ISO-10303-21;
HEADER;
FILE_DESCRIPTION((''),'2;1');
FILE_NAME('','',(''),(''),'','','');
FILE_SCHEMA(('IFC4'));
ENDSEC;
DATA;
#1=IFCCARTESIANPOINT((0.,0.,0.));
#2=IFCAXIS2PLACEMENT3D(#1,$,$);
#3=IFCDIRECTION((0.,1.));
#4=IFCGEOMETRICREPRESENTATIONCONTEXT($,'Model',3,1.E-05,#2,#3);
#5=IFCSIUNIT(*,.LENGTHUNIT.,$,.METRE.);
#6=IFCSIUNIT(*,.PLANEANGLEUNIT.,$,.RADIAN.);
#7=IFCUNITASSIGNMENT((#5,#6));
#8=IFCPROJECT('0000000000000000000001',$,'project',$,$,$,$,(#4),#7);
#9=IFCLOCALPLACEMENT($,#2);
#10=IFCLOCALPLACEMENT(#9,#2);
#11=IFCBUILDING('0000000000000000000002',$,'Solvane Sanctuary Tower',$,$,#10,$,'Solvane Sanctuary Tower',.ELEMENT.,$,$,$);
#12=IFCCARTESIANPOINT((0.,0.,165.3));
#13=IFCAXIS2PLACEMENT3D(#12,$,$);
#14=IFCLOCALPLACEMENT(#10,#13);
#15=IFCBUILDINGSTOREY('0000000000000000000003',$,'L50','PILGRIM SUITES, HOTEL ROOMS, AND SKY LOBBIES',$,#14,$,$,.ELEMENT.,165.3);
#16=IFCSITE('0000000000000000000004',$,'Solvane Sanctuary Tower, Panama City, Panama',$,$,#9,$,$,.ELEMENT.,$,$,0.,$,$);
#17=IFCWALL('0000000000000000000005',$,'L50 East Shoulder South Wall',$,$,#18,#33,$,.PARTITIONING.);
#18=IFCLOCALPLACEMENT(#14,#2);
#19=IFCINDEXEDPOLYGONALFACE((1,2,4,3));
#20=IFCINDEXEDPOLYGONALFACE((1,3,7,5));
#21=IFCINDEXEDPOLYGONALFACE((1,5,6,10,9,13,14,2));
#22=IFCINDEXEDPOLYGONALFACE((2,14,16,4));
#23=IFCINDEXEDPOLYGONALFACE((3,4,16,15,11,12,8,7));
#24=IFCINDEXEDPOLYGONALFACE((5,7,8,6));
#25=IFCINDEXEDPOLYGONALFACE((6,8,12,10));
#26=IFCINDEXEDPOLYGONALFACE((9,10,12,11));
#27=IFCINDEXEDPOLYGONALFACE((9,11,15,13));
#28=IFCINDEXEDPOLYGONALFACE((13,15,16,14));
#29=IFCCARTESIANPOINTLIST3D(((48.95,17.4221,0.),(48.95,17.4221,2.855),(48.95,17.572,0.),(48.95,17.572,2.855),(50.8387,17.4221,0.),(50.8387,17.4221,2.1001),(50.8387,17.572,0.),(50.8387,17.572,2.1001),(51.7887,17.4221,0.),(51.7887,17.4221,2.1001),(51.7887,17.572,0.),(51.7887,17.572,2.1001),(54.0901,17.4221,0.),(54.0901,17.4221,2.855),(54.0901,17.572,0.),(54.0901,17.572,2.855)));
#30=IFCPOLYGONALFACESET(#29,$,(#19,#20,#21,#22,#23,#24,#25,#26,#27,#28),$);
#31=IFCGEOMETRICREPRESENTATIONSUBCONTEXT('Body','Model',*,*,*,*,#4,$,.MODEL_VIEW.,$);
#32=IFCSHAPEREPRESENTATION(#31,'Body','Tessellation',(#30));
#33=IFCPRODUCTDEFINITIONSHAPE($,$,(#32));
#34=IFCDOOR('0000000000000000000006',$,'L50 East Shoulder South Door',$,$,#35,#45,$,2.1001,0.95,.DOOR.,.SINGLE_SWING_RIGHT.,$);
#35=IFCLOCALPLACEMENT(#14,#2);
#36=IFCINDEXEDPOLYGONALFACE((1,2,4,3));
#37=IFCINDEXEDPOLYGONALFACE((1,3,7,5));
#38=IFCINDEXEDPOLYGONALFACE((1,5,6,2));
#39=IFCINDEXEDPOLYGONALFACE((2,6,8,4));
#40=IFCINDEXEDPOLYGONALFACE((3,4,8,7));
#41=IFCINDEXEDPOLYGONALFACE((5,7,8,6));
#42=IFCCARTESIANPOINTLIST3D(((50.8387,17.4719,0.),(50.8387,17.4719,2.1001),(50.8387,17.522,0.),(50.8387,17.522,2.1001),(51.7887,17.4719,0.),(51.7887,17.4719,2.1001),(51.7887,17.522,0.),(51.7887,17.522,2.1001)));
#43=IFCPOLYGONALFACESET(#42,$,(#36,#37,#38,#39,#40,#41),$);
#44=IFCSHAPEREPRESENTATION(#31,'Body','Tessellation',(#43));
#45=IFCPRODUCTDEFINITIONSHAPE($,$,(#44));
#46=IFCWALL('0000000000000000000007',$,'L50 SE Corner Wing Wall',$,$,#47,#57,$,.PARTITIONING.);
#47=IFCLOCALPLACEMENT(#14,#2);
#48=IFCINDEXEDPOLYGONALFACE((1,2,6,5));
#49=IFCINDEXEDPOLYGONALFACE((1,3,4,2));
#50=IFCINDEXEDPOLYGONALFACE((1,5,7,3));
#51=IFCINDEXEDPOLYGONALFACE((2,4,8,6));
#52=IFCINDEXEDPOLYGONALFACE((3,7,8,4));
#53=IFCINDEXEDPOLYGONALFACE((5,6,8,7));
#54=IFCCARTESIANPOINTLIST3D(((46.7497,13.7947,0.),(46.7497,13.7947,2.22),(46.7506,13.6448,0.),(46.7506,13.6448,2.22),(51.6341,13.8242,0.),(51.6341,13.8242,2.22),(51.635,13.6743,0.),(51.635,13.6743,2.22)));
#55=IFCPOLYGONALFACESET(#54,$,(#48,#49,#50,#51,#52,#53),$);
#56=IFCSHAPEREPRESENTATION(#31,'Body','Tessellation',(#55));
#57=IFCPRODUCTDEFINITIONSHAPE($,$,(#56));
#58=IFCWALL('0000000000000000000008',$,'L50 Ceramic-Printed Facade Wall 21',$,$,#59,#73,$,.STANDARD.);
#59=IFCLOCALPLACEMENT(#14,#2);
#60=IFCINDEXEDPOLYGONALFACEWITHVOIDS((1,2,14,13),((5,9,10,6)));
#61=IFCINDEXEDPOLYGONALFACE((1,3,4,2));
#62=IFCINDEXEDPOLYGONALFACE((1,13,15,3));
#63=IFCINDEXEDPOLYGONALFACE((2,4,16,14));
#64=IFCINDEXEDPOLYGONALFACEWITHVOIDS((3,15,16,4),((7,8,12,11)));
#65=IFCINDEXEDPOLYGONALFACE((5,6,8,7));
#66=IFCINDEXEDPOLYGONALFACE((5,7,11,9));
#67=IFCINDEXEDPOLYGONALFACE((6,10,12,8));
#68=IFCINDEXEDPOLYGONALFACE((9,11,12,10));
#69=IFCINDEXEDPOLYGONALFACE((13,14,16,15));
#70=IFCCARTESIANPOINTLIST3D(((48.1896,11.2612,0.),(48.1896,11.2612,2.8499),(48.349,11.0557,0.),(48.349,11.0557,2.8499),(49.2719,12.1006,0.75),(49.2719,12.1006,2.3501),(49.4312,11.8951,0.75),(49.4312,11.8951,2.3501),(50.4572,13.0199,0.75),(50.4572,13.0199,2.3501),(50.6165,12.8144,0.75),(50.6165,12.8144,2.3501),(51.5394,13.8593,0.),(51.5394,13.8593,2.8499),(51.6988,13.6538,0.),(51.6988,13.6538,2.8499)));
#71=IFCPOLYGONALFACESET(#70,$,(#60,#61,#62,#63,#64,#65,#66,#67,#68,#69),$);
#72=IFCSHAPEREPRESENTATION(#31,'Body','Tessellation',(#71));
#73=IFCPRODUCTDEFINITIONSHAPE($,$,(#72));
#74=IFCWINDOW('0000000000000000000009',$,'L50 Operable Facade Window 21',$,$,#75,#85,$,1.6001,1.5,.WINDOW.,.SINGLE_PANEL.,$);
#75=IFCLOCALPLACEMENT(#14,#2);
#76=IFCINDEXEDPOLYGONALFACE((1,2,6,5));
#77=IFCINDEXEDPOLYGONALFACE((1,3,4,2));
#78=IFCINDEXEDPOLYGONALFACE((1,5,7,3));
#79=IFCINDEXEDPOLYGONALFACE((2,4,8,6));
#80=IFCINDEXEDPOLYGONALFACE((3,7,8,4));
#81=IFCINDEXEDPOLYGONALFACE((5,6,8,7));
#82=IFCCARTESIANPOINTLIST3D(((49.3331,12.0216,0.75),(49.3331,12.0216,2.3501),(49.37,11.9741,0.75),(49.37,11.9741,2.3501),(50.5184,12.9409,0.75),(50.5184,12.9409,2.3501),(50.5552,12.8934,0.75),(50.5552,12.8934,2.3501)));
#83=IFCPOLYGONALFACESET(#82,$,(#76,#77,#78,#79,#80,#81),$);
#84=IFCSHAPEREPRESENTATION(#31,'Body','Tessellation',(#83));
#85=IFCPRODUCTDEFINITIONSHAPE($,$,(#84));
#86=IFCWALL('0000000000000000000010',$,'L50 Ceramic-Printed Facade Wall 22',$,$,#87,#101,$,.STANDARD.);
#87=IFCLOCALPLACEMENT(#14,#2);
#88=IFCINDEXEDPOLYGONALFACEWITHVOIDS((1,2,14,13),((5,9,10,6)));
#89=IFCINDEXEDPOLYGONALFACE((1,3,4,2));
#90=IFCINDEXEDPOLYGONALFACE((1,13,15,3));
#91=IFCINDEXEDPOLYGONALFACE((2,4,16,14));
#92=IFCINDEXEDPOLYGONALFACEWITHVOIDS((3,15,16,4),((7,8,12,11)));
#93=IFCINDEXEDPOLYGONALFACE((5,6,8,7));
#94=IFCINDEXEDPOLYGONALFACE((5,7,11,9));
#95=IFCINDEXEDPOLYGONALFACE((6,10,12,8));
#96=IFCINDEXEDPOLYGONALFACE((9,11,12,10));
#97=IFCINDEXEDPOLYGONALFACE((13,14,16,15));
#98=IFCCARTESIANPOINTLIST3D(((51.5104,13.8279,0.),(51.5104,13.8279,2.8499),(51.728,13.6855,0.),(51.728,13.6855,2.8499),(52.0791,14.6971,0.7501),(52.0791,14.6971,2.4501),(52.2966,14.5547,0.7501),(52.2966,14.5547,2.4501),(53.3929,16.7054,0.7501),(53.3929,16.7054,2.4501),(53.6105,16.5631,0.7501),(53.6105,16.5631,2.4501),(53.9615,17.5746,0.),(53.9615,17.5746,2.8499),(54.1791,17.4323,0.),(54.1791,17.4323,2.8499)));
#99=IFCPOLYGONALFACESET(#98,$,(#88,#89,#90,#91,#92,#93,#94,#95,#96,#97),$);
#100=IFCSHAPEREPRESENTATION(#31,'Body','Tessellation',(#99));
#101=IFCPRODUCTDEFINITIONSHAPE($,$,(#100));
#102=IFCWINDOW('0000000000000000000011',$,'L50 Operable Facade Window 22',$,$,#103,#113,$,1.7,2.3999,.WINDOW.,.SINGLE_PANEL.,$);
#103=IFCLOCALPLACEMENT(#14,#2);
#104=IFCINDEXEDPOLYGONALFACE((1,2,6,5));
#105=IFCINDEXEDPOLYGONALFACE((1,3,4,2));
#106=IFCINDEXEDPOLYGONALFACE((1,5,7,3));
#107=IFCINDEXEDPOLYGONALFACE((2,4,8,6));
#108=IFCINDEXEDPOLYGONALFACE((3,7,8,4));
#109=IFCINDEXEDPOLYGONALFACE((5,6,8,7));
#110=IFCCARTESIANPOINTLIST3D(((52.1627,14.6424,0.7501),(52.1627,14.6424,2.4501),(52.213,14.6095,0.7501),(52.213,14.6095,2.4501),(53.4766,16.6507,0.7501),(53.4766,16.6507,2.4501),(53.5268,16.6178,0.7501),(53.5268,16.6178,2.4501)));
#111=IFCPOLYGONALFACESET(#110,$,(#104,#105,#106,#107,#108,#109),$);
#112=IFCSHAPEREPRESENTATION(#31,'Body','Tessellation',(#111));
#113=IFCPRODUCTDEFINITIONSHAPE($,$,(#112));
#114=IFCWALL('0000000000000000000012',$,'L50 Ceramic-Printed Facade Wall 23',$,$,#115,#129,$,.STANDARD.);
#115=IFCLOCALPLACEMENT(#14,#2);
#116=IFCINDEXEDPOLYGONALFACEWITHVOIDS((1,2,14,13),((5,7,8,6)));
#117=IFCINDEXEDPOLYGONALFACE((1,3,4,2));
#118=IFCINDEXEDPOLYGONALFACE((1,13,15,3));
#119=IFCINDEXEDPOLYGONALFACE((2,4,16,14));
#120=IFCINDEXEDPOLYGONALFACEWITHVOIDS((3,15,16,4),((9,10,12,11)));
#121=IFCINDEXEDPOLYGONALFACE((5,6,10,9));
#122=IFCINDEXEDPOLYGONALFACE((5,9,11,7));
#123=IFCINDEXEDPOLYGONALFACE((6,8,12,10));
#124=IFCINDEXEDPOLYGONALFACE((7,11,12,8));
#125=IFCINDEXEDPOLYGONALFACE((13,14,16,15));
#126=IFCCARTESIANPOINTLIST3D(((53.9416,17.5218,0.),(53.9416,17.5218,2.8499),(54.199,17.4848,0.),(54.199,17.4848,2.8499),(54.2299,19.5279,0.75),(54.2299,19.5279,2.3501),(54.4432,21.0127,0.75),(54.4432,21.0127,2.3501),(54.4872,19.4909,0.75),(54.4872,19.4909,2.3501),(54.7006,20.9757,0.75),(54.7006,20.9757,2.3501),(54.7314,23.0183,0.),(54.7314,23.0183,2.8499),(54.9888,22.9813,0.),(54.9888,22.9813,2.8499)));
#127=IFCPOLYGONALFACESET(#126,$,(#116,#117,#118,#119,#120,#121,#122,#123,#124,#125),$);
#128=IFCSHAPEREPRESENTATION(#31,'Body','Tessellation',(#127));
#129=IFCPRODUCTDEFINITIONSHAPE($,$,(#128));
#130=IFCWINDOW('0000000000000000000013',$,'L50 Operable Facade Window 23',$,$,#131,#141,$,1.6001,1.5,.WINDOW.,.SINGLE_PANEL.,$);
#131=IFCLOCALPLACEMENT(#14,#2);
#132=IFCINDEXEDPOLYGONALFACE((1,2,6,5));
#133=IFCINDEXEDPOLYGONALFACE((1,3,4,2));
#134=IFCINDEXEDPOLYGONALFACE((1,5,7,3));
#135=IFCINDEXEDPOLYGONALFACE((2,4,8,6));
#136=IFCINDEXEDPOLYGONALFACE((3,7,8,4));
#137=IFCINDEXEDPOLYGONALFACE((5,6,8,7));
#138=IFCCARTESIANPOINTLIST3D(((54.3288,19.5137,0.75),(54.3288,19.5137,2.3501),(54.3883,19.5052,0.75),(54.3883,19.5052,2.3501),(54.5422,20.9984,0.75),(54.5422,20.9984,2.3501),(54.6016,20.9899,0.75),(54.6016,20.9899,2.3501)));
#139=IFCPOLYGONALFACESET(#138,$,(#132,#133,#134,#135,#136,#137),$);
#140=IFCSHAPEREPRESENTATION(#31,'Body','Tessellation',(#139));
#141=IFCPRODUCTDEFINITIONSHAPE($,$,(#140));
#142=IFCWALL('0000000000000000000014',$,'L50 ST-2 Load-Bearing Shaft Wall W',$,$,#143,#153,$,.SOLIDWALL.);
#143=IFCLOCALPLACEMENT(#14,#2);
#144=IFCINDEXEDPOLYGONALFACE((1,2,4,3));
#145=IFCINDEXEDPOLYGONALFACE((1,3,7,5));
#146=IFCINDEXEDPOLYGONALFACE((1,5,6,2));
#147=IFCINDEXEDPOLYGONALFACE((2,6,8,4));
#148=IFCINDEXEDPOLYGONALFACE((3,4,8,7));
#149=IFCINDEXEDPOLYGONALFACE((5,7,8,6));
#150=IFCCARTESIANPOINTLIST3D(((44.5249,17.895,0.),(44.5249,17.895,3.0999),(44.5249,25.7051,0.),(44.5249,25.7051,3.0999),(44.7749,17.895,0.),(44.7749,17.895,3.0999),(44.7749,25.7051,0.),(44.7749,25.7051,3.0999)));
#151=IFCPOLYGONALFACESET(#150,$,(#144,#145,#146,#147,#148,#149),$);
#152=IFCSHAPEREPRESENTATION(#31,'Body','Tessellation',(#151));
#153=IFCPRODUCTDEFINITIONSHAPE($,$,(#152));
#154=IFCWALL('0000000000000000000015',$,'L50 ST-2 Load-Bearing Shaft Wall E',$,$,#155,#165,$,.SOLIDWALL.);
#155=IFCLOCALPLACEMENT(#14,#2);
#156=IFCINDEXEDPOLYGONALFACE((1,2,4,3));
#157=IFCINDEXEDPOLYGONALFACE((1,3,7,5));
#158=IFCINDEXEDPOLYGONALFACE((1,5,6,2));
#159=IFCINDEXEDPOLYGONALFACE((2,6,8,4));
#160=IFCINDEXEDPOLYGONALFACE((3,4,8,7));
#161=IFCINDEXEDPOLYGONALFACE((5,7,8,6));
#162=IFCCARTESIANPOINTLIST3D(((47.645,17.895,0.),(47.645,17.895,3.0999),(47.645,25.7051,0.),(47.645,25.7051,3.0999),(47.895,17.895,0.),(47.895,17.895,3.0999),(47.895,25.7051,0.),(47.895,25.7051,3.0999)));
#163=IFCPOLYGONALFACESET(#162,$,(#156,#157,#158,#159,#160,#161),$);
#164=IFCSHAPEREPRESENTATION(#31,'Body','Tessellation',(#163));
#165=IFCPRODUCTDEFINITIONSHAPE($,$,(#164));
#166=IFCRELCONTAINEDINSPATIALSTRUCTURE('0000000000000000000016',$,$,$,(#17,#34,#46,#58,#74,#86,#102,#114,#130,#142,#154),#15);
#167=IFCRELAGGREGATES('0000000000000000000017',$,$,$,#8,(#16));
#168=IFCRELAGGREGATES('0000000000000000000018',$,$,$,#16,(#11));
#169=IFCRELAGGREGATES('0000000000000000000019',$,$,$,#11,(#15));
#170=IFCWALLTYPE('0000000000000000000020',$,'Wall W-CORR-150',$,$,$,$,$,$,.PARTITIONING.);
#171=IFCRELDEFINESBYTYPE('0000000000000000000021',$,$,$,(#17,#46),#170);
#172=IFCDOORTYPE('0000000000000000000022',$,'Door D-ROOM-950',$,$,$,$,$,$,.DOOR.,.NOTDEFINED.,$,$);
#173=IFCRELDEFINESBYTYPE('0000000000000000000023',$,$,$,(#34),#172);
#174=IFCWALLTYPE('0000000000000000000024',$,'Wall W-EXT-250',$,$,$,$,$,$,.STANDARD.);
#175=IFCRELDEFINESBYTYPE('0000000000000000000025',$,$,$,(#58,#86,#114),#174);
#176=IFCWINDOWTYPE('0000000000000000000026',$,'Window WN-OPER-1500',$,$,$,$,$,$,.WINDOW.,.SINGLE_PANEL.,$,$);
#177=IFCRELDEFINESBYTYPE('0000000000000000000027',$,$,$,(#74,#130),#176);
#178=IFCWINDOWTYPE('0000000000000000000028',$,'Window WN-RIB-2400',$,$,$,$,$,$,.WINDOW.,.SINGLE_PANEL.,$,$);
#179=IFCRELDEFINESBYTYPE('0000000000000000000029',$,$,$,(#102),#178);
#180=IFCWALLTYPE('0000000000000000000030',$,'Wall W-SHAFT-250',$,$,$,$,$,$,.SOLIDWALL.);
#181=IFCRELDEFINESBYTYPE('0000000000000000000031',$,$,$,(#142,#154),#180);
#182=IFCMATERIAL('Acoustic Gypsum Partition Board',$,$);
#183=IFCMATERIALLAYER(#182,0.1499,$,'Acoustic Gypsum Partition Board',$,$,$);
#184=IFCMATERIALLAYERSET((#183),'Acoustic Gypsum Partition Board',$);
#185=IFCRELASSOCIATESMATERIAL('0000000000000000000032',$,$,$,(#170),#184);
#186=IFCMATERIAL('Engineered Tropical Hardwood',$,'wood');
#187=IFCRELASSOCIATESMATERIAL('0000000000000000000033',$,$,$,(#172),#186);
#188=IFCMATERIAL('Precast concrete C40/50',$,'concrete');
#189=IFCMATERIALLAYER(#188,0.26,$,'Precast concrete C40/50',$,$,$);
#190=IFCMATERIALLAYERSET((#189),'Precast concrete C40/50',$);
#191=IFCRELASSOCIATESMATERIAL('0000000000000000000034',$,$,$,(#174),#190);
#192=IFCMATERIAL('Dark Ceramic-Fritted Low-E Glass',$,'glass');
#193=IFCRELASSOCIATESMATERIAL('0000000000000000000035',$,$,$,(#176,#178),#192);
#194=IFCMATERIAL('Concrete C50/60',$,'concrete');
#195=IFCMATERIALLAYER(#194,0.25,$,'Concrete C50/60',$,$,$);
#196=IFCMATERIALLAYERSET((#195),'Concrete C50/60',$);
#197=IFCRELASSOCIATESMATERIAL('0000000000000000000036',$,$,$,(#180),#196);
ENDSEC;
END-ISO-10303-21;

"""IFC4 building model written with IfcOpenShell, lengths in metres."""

from ifc_helpers import new_model, si_unit, direction, frame, frame_2d, origin, place, context, subcontext, project, spatial, rectangle, extrude, material, layer, layer_set, type_object, element, fill, save


model = new_model("IFC4")

# Units and contexts
model_context = context("Model", 3, precision=1e-05, world=origin(), true_north=direction((0.0, 1.0)))
body_context = subcontext(model_context, "Body", "Model", "MODEL_VIEW")
ifc_project = project(units=[si_unit("LENGTHUNIT", "METRE"), si_unit("PLANEANGLEUNIT", "RADIAN")], contexts=[model_context])

# Site, building, storey
site_placement = place(None, origin())
site = spatial("IfcSite", under=ifc_project, at=site_placement, Name="Solvane Sanctuary Tower, Panama City, Panama", CompositionType="ELEMENT", RefElevation=0.0)
building_placement = place(site_placement, origin())
building = spatial("IfcBuilding", under=site, at=building_placement, Name="Solvane Sanctuary Tower", LongName="Solvane Sanctuary Tower", CompositionType="ELEMENT")
storey_placement = place(building_placement, frame((0.0, 0.0, 165.3)))
storey = spatial("IfcBuildingStorey", under=building, at=storey_placement, Name="L50", Description="PILGRIM SUITES, HOTEL ROOMS, AND SKY LOBBIES", CompositionType="ELEMENT", Elevation=165.3)

# Wall, opening, door
ifc_material_1 = material(Name="Acoustic Gypsum Partition Board")
ifc_layer_1 = layer(ifc_material_1, 0.1499, Name="Acoustic Gypsum Partition Board")
ifc_layer_set_1 = layer_set([ifc_layer_1], Name="Acoustic Gypsum Partition Board")
wall_type_1 = type_object("IfcWallType", Name="Wall W-CORR-150", PredefinedType="PARTITIONING", material=ifc_layer_set_1)
wall_1_placement = place(storey_placement, frame((48.95, 17.4971, 0.0), z_axis=(0.0, 0.0, 1.0), x_axis=(1.0, 0.0, 0.0)))
wall_1 = element("IfcWall", 1, at=wall_1_placement, inside=storey, type_object=wall_type_1, Name="L50 East Shoulder South Wall", PredefinedType="PARTITIONING", context=body_context, shape_type="SweptSolid", body=[
    extrude(rectangle(XDim=5.1401, YDim=0.1499, at=frame_2d((2.5701, 0.0))), origin(), (0.0, 0.0, 1.0), 2.855),
])
opening_1_placement = place(wall_1_placement, frame((1.8887, 0.0, 0.0)))
opening_1 = element("IfcOpeningElement", 2, at=opening_1_placement, cuts=wall_1, PredefinedType="OPENING", context=body_context, shape_type="SweptSolid", body=[
    extrude(rectangle(XDim=0.95, YDim=2.1001, at=frame_2d((0.4751, 1.05))), frame((0.0, 0.085, 0.0), z_axis=(0.0, -1.0, 0.0), x_axis=(1.0, 0.0, 0.0)), (0.0, 0.0, 1.0), 0.1699),
])
ifc_material_2 = material(Name="Engineered Tropical Hardwood", Category="wood")
door_type = type_object("IfcDoorType", Name="Door D-ROOM-950", OperationType="NOTDEFINED", PredefinedType="DOOR", material=ifc_material_2)
door_placement = place(opening_1_placement, origin())
door = element("IfcDoor", 3, at=door_placement, inside=storey, type_object=door_type, Name="L50 East Shoulder South Door", OperationType="SINGLE_SWING_RIGHT", OverallHeight=2.1001, OverallWidth=0.95, PredefinedType="DOOR", context=body_context, shape_type="SweptSolid", body=[
    extrude(rectangle(XDim=0.95, YDim=2.1001, at=frame_2d((0.4751, 1.05))), frame((0.0, 0.0249, 0.0), z_axis=(0.0, -1.0, 0.0), x_axis=(1.0, 0.0, 0.0)), (0.0, 0.0, 1.0), 0.05),
])
fill(opening_1, door)

# Wall
wall_2_placement = place(storey_placement, frame((46.75, 13.7197, 0.0), z_axis=(0.0, 0.0, 1.0), x_axis=(0.999982, 0.006048, 0.0)))
element("IfcWall", 4, at=wall_2_placement, inside=storey, type_object=wall_type_1, Name="L50 SE Corner Wing Wall", PredefinedType="PARTITIONING", context=body_context, shape_type="SweptSolid", body=[
    extrude(rectangle(XDim=4.8845, YDim=0.1499, at=frame_2d((2.4424, 0.0))), origin(), (0.0, 0.0, 1.0), 2.22),
])

# Walls, openings, windows
ifc_material_3 = material(Name="Precast concrete C40/50", Category="concrete")
ifc_layer_2 = layer(ifc_material_3, 0.26, Name="Precast concrete C40/50")
ifc_layer_set_2 = layer_set([ifc_layer_2], Name="Precast concrete C40/50")
wall_type_2 = type_object("IfcWallType", Name="Wall W-EXT-250", PredefinedType="STANDARD", material=ifc_layer_set_2)
wall_3_placement = place(storey_placement, frame((48.2693, 11.1584, 0.0), z_axis=(0.0, 0.0, 1.0), x_axis=(0.790186, 0.612868, 0.0)))
wall_3 = element("IfcWall", 5, at=wall_3_placement, inside=storey, type_object=wall_type_2, Name="L50 Ceramic-Printed Facade Wall 21", PredefinedType="STANDARD", context=body_context, shape_type="SweptSolid", body=[
    extrude(rectangle(XDim=4.2393, YDim=0.26, at=frame_2d((2.1196, 0.0))), origin(), (0.0, 0.0, 1.0), 2.8499),
])
opening_2_placement = place(wall_3_placement, frame((1.3696, 0.0, 0.75)))
opening_2 = element("IfcOpeningElement", 6, at=opening_2_placement, cuts=wall_3, PredefinedType="OPENING", context=body_context, shape_type="SweptSolid", body=[
    extrude(rectangle(XDim=1.5, YDim=1.6001, at=frame_2d((0.75, 0.8))), frame((0.0, 0.1399, 0.0), z_axis=(0.0, -1.0, 0.0), x_axis=(1.0, 0.0, 0.0)), (0.0, 0.0, 1.0), 0.28),
])
ifc_material_4 = material(Name="Dark Ceramic-Fritted Low-E Glass", Category="glass")
window_type_1 = type_object("IfcWindowType", Name="Window WN-OPER-1500", PartitioningType="SINGLE_PANEL", PredefinedType="WINDOW", material=ifc_material_4)
window_1_placement = place(opening_2_placement, origin())
window_1 = element("IfcWindow", 7, at=window_1_placement, inside=storey, type_object=window_type_1, Name="L50 Operable Facade Window 21", OverallHeight=1.6001, OverallWidth=1.5, PartitioningType="SINGLE_PANEL", PredefinedType="WINDOW", context=body_context, shape_type="SweptSolid", body=[
    extrude(rectangle(XDim=1.5, YDim=1.6001, at=frame_2d((0.75, 0.8))), frame((0.0, 0.03, 0.0), z_axis=(0.0, -1.0, 0.0), x_axis=(1.0, 0.0, 0.0)), (0.0, 0.0, 1.0), 0.0601),
])
fill(opening_2, window_1)
wall_4_placement = place(storey_placement, frame((51.6191, 13.7566, 0.0), z_axis=(0.0, 0.0, 1.0), x_axis=(0.547456, 0.836834, 0.0)))
wall_4 = element("IfcWall", 8, at=wall_4_placement, inside=storey, type_object=wall_type_2, Name="L50 Ceramic-Printed Facade Wall 22", PredefinedType="STANDARD", context=body_context, shape_type="SweptSolid", body=[
    extrude(rectangle(XDim=4.4773, YDim=0.26, at=frame_2d((2.2388, 0.0))), origin(), (0.0, 0.0, 1.0), 2.8499),
])
opening_3_placement = place(wall_4_placement, frame((1.0388, 0.0, 0.75)))
opening_3 = element("IfcOpeningElement", 9, at=opening_3_placement, cuts=wall_4, PredefinedType="OPENING", context=body_context, shape_type="SweptSolid", body=[
    extrude(rectangle(XDim=2.3999, YDim=1.7, at=frame_2d((1.2, 0.8501))), frame((0.0, 0.1399, 0.0), z_axis=(0.0, -1.0, 0.0), x_axis=(1.0, 0.0, 0.0)), (0.0, 0.0, 1.0), 0.28),
])
window_type_2 = type_object("IfcWindowType", Name="Window WN-RIB-2400", PartitioningType="SINGLE_PANEL", PredefinedType="WINDOW", material=ifc_material_4)
window_2_placement = place(opening_3_placement, origin())
window_2 = element("IfcWindow", 10, at=window_2_placement, inside=storey, type_object=window_type_2, Name="L50 Operable Facade Window 22", OverallHeight=1.7, OverallWidth=2.3999, PartitioningType="SINGLE_PANEL", PredefinedType="WINDOW", context=body_context, shape_type="SweptSolid", body=[
    extrude(rectangle(XDim=2.3999, YDim=1.7, at=frame_2d((1.2, 0.8501))), frame((0.0, 0.03, 0.0), z_axis=(0.0, -1.0, 0.0), x_axis=(1.0, 0.0, 0.0)), (0.0, 0.0, 1.0), 0.0601),
])
fill(opening_3, window_2)
wall_5_placement = place(storey_placement, frame((54.0703, 17.5034, 0.0), z_axis=(0.0, 0.0, 1.0), x_axis=(0.142228, 0.989834, 0.0)))
wall_5 = element("IfcWall", 11, at=wall_5_placement, inside=storey, type_object=wall_type_2, Name="L50 Ceramic-Printed Facade Wall 23", PredefinedType="STANDARD", context=body_context, shape_type="SweptSolid", body=[
    extrude(rectangle(XDim=5.553, YDim=0.26, at=frame_2d((2.7764, 0.0))), origin(), (0.0, 0.0, 1.0), 2.8499),
])
opening_4_placement = place(wall_5_placement, frame((2.0266, 0.0, 0.75)))
opening_4 = element("IfcOpeningElement", 12, at=opening_4_placement, cuts=wall_5, PredefinedType="OPENING", context=body_context, shape_type="SweptSolid", body=[
    extrude(rectangle(XDim=1.5, YDim=1.6001, at=frame_2d((0.75, 0.8))), frame((0.0, 0.1399, 0.0), z_axis=(0.0, -1.0, 0.0), x_axis=(1.0, 0.0, 0.0)), (0.0, 0.0, 1.0), 0.28),
])
window_3_placement = place(opening_4_placement, origin())
window_3 = element("IfcWindow", 13, at=window_3_placement, inside=storey, type_object=window_type_1, Name="L50 Operable Facade Window 23", OverallHeight=1.6001, OverallWidth=1.5, PartitioningType="SINGLE_PANEL", PredefinedType="WINDOW", context=body_context, shape_type="SweptSolid", body=[
    extrude(rectangle(XDim=1.5, YDim=1.6001, at=frame_2d((0.75, 0.8))), frame((0.0, 0.03, 0.0), z_axis=(0.0, -1.0, 0.0), x_axis=(1.0, 0.0, 0.0)), (0.0, 0.0, 1.0), 0.0601),
])
fill(opening_4, window_3)

# Walls
ifc_material_5 = material(Name="Concrete C50/60", Category="concrete")
ifc_layer_3 = layer(ifc_material_5, 0.25, Name="Concrete C50/60")
ifc_layer_set_3 = layer_set([ifc_layer_3], Name="Concrete C50/60")
wall_type_3 = type_object("IfcWallType", Name="Wall W-SHAFT-250", PredefinedType="SOLIDWALL", material=ifc_layer_set_3)
for number, where, z_axis, x_axis, name in (
    (14, (44.6499, 17.895, 0.0), (0.0, 0.0, 1.0), (0.0, 1.0, 0.0), "L50 ST-2 Load-Bearing Shaft Wall W"),
    (15, (47.77, 17.895, 0.0), (0.0, 0.0, 1.0), (0.0, 1.0, 0.0), "L50 ST-2 Load-Bearing Shaft Wall E"),
):
    element("IfcWall", number, at=place(storey_placement, frame(where, z_axis=z_axis, x_axis=x_axis)), inside=storey, type_object=wall_type_3, Name=name, PredefinedType="SOLIDWALL", context=body_context, shape_type="SweptSolid", body=[
        extrude(rectangle(XDim=7.8101, YDim=0.25, at=frame_2d((3.905, 0.0))), origin(), (0.0, 0.0, 1.0), 3.0999),
    ])

save(model, "model.ifc")
